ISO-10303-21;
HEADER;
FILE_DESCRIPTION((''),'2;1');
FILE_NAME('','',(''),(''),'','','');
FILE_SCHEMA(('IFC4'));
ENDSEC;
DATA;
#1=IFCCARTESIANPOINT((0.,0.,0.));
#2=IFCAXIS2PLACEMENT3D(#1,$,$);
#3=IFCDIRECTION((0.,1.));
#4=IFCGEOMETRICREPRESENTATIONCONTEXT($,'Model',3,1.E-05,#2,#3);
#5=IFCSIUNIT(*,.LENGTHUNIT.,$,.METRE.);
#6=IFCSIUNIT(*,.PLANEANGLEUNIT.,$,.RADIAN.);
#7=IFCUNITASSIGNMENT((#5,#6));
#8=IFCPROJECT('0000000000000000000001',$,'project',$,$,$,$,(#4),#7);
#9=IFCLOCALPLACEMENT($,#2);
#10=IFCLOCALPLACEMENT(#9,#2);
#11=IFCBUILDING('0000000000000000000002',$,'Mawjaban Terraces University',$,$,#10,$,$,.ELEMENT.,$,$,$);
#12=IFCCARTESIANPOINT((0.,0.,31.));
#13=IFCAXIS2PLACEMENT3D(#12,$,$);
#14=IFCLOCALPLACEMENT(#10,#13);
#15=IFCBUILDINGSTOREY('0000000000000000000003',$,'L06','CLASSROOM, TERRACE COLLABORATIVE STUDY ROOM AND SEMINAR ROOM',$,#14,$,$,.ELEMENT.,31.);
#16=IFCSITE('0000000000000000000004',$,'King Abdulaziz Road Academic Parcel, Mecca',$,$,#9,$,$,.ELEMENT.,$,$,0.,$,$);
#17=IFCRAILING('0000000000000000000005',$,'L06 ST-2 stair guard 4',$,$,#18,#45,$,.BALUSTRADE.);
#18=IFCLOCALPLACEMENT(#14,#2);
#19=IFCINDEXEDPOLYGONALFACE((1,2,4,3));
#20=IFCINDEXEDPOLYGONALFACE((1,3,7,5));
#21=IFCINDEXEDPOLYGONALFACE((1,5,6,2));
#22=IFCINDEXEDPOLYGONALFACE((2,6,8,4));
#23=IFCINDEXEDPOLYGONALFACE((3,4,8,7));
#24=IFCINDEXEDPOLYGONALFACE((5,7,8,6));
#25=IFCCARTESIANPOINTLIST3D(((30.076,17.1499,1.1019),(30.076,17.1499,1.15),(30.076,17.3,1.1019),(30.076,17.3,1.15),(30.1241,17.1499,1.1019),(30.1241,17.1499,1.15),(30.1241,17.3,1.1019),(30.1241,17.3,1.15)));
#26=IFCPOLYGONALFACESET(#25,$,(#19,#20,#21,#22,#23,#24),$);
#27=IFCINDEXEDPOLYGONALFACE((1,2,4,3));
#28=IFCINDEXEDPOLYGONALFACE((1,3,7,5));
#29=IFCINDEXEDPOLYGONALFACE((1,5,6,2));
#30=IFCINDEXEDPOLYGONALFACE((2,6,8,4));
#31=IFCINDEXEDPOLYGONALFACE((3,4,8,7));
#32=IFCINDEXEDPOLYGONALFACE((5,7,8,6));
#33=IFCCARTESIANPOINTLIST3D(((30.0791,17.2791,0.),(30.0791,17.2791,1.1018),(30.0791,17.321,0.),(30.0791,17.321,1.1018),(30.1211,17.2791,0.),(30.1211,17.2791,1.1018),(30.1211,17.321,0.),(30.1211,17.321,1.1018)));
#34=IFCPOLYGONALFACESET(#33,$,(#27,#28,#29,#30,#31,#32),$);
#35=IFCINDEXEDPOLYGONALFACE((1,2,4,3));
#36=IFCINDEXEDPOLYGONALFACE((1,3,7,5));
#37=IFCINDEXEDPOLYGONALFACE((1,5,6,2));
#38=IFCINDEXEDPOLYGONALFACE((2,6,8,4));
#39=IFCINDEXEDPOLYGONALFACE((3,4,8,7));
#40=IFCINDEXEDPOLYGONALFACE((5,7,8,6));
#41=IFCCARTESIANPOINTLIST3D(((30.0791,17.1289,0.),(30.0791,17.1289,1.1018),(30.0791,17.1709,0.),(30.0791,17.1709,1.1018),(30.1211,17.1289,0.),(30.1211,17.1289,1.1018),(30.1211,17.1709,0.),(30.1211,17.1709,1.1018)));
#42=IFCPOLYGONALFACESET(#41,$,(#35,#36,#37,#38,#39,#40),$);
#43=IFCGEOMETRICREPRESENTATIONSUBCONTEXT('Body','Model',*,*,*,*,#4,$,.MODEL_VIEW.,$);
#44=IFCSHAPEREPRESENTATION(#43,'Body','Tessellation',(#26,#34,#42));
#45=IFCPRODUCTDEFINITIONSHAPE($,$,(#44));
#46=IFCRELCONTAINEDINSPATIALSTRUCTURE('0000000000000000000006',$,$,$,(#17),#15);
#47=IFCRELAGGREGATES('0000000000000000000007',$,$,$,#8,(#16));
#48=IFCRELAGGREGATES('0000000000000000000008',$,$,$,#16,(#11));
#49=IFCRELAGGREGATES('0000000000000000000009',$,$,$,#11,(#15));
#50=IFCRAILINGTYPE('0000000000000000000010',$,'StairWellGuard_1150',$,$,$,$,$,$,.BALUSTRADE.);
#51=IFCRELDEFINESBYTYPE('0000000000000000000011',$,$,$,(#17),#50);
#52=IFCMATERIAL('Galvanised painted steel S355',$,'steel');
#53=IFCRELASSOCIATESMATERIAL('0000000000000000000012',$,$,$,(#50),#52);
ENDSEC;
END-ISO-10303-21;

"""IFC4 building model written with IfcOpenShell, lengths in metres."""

from ifc_helpers import new_model, si_unit, direction, frame, origin, origin_2d, place, context, subcontext, project, spatial, rectangle, extrude, material, type_object, element, save


model = new_model("IFC4")

# Units and contexts
model_context = context("Model", 3, precision=1e-05, world=origin(), true_north=direction((0.0, 1.0)))
body_context = subcontext(model_context, "Body", "Model", "MODEL_VIEW")
ifc_project = project(units=[si_unit("LENGTHUNIT", "METRE"), si_unit("PLANEANGLEUNIT", "RADIAN")], contexts=[model_context])

# Site, building, storey
site_placement = place(None, origin())
site = spatial("IfcSite", under=ifc_project, at=site_placement, Name="King Abdulaziz Road Academic Parcel, Mecca", CompositionType="ELEMENT", RefElevation=0.0)
building_placement = place(site_placement, origin())
building = spatial("IfcBuilding", under=site, at=building_placement, Name="Mawjaban Terraces University", CompositionType="ELEMENT")
storey_placement = place(building_placement, frame((0.0, 0.0, 31.0)))
storey = spatial("IfcBuildingStorey", under=building, at=storey_placement, Name="L06", Description="CLASSROOM, TERRACE COLLABORATIVE STUDY ROOM AND SEMINAR ROOM", CompositionType="ELEMENT", Elevation=31.0)

# Railing
ifc_material_1 = material(Name="Galvanised painted steel S355", Category="steel")
railing_type_1 = type_object("IfcRailingType", Name="StairWellGuard_1150", PredefinedType="BALUSTRADE", material=ifc_material_1)
railing_1_placement = place(storey_placement, frame((30.1001, 17.3, 0.0)))
element("IfcRailing", 1, at=railing_1_placement, inside=storey, type_object=railing_type_1, Name="L06 ST-2 stair guard 4", PredefinedType="BALUSTRADE", context=body_context, shape_type="SweptSolid", body=[
    extrude(rectangle(XDim=0.0481, YDim=0.0481, at=origin_2d()), frame((0.0, 0.0, 1.126), z_axis=(0.0, -1.0, 0.0), x_axis=(1.0, 0.0, 0.0)), (0.0, 0.0, 1.0), 0.1501),
    extrude(rectangle(XDim=0.042, YDim=0.042, at=origin_2d()), origin(), (0.0, 0.0, 1.0), 1.1018),
    extrude(rectangle(XDim=0.042, YDim=0.042, at=origin_2d()), frame((0.0, -0.1501, 0.0)), (0.0, 0.0, 1.0), 1.1018),
])

save(model, "model.ifc")
